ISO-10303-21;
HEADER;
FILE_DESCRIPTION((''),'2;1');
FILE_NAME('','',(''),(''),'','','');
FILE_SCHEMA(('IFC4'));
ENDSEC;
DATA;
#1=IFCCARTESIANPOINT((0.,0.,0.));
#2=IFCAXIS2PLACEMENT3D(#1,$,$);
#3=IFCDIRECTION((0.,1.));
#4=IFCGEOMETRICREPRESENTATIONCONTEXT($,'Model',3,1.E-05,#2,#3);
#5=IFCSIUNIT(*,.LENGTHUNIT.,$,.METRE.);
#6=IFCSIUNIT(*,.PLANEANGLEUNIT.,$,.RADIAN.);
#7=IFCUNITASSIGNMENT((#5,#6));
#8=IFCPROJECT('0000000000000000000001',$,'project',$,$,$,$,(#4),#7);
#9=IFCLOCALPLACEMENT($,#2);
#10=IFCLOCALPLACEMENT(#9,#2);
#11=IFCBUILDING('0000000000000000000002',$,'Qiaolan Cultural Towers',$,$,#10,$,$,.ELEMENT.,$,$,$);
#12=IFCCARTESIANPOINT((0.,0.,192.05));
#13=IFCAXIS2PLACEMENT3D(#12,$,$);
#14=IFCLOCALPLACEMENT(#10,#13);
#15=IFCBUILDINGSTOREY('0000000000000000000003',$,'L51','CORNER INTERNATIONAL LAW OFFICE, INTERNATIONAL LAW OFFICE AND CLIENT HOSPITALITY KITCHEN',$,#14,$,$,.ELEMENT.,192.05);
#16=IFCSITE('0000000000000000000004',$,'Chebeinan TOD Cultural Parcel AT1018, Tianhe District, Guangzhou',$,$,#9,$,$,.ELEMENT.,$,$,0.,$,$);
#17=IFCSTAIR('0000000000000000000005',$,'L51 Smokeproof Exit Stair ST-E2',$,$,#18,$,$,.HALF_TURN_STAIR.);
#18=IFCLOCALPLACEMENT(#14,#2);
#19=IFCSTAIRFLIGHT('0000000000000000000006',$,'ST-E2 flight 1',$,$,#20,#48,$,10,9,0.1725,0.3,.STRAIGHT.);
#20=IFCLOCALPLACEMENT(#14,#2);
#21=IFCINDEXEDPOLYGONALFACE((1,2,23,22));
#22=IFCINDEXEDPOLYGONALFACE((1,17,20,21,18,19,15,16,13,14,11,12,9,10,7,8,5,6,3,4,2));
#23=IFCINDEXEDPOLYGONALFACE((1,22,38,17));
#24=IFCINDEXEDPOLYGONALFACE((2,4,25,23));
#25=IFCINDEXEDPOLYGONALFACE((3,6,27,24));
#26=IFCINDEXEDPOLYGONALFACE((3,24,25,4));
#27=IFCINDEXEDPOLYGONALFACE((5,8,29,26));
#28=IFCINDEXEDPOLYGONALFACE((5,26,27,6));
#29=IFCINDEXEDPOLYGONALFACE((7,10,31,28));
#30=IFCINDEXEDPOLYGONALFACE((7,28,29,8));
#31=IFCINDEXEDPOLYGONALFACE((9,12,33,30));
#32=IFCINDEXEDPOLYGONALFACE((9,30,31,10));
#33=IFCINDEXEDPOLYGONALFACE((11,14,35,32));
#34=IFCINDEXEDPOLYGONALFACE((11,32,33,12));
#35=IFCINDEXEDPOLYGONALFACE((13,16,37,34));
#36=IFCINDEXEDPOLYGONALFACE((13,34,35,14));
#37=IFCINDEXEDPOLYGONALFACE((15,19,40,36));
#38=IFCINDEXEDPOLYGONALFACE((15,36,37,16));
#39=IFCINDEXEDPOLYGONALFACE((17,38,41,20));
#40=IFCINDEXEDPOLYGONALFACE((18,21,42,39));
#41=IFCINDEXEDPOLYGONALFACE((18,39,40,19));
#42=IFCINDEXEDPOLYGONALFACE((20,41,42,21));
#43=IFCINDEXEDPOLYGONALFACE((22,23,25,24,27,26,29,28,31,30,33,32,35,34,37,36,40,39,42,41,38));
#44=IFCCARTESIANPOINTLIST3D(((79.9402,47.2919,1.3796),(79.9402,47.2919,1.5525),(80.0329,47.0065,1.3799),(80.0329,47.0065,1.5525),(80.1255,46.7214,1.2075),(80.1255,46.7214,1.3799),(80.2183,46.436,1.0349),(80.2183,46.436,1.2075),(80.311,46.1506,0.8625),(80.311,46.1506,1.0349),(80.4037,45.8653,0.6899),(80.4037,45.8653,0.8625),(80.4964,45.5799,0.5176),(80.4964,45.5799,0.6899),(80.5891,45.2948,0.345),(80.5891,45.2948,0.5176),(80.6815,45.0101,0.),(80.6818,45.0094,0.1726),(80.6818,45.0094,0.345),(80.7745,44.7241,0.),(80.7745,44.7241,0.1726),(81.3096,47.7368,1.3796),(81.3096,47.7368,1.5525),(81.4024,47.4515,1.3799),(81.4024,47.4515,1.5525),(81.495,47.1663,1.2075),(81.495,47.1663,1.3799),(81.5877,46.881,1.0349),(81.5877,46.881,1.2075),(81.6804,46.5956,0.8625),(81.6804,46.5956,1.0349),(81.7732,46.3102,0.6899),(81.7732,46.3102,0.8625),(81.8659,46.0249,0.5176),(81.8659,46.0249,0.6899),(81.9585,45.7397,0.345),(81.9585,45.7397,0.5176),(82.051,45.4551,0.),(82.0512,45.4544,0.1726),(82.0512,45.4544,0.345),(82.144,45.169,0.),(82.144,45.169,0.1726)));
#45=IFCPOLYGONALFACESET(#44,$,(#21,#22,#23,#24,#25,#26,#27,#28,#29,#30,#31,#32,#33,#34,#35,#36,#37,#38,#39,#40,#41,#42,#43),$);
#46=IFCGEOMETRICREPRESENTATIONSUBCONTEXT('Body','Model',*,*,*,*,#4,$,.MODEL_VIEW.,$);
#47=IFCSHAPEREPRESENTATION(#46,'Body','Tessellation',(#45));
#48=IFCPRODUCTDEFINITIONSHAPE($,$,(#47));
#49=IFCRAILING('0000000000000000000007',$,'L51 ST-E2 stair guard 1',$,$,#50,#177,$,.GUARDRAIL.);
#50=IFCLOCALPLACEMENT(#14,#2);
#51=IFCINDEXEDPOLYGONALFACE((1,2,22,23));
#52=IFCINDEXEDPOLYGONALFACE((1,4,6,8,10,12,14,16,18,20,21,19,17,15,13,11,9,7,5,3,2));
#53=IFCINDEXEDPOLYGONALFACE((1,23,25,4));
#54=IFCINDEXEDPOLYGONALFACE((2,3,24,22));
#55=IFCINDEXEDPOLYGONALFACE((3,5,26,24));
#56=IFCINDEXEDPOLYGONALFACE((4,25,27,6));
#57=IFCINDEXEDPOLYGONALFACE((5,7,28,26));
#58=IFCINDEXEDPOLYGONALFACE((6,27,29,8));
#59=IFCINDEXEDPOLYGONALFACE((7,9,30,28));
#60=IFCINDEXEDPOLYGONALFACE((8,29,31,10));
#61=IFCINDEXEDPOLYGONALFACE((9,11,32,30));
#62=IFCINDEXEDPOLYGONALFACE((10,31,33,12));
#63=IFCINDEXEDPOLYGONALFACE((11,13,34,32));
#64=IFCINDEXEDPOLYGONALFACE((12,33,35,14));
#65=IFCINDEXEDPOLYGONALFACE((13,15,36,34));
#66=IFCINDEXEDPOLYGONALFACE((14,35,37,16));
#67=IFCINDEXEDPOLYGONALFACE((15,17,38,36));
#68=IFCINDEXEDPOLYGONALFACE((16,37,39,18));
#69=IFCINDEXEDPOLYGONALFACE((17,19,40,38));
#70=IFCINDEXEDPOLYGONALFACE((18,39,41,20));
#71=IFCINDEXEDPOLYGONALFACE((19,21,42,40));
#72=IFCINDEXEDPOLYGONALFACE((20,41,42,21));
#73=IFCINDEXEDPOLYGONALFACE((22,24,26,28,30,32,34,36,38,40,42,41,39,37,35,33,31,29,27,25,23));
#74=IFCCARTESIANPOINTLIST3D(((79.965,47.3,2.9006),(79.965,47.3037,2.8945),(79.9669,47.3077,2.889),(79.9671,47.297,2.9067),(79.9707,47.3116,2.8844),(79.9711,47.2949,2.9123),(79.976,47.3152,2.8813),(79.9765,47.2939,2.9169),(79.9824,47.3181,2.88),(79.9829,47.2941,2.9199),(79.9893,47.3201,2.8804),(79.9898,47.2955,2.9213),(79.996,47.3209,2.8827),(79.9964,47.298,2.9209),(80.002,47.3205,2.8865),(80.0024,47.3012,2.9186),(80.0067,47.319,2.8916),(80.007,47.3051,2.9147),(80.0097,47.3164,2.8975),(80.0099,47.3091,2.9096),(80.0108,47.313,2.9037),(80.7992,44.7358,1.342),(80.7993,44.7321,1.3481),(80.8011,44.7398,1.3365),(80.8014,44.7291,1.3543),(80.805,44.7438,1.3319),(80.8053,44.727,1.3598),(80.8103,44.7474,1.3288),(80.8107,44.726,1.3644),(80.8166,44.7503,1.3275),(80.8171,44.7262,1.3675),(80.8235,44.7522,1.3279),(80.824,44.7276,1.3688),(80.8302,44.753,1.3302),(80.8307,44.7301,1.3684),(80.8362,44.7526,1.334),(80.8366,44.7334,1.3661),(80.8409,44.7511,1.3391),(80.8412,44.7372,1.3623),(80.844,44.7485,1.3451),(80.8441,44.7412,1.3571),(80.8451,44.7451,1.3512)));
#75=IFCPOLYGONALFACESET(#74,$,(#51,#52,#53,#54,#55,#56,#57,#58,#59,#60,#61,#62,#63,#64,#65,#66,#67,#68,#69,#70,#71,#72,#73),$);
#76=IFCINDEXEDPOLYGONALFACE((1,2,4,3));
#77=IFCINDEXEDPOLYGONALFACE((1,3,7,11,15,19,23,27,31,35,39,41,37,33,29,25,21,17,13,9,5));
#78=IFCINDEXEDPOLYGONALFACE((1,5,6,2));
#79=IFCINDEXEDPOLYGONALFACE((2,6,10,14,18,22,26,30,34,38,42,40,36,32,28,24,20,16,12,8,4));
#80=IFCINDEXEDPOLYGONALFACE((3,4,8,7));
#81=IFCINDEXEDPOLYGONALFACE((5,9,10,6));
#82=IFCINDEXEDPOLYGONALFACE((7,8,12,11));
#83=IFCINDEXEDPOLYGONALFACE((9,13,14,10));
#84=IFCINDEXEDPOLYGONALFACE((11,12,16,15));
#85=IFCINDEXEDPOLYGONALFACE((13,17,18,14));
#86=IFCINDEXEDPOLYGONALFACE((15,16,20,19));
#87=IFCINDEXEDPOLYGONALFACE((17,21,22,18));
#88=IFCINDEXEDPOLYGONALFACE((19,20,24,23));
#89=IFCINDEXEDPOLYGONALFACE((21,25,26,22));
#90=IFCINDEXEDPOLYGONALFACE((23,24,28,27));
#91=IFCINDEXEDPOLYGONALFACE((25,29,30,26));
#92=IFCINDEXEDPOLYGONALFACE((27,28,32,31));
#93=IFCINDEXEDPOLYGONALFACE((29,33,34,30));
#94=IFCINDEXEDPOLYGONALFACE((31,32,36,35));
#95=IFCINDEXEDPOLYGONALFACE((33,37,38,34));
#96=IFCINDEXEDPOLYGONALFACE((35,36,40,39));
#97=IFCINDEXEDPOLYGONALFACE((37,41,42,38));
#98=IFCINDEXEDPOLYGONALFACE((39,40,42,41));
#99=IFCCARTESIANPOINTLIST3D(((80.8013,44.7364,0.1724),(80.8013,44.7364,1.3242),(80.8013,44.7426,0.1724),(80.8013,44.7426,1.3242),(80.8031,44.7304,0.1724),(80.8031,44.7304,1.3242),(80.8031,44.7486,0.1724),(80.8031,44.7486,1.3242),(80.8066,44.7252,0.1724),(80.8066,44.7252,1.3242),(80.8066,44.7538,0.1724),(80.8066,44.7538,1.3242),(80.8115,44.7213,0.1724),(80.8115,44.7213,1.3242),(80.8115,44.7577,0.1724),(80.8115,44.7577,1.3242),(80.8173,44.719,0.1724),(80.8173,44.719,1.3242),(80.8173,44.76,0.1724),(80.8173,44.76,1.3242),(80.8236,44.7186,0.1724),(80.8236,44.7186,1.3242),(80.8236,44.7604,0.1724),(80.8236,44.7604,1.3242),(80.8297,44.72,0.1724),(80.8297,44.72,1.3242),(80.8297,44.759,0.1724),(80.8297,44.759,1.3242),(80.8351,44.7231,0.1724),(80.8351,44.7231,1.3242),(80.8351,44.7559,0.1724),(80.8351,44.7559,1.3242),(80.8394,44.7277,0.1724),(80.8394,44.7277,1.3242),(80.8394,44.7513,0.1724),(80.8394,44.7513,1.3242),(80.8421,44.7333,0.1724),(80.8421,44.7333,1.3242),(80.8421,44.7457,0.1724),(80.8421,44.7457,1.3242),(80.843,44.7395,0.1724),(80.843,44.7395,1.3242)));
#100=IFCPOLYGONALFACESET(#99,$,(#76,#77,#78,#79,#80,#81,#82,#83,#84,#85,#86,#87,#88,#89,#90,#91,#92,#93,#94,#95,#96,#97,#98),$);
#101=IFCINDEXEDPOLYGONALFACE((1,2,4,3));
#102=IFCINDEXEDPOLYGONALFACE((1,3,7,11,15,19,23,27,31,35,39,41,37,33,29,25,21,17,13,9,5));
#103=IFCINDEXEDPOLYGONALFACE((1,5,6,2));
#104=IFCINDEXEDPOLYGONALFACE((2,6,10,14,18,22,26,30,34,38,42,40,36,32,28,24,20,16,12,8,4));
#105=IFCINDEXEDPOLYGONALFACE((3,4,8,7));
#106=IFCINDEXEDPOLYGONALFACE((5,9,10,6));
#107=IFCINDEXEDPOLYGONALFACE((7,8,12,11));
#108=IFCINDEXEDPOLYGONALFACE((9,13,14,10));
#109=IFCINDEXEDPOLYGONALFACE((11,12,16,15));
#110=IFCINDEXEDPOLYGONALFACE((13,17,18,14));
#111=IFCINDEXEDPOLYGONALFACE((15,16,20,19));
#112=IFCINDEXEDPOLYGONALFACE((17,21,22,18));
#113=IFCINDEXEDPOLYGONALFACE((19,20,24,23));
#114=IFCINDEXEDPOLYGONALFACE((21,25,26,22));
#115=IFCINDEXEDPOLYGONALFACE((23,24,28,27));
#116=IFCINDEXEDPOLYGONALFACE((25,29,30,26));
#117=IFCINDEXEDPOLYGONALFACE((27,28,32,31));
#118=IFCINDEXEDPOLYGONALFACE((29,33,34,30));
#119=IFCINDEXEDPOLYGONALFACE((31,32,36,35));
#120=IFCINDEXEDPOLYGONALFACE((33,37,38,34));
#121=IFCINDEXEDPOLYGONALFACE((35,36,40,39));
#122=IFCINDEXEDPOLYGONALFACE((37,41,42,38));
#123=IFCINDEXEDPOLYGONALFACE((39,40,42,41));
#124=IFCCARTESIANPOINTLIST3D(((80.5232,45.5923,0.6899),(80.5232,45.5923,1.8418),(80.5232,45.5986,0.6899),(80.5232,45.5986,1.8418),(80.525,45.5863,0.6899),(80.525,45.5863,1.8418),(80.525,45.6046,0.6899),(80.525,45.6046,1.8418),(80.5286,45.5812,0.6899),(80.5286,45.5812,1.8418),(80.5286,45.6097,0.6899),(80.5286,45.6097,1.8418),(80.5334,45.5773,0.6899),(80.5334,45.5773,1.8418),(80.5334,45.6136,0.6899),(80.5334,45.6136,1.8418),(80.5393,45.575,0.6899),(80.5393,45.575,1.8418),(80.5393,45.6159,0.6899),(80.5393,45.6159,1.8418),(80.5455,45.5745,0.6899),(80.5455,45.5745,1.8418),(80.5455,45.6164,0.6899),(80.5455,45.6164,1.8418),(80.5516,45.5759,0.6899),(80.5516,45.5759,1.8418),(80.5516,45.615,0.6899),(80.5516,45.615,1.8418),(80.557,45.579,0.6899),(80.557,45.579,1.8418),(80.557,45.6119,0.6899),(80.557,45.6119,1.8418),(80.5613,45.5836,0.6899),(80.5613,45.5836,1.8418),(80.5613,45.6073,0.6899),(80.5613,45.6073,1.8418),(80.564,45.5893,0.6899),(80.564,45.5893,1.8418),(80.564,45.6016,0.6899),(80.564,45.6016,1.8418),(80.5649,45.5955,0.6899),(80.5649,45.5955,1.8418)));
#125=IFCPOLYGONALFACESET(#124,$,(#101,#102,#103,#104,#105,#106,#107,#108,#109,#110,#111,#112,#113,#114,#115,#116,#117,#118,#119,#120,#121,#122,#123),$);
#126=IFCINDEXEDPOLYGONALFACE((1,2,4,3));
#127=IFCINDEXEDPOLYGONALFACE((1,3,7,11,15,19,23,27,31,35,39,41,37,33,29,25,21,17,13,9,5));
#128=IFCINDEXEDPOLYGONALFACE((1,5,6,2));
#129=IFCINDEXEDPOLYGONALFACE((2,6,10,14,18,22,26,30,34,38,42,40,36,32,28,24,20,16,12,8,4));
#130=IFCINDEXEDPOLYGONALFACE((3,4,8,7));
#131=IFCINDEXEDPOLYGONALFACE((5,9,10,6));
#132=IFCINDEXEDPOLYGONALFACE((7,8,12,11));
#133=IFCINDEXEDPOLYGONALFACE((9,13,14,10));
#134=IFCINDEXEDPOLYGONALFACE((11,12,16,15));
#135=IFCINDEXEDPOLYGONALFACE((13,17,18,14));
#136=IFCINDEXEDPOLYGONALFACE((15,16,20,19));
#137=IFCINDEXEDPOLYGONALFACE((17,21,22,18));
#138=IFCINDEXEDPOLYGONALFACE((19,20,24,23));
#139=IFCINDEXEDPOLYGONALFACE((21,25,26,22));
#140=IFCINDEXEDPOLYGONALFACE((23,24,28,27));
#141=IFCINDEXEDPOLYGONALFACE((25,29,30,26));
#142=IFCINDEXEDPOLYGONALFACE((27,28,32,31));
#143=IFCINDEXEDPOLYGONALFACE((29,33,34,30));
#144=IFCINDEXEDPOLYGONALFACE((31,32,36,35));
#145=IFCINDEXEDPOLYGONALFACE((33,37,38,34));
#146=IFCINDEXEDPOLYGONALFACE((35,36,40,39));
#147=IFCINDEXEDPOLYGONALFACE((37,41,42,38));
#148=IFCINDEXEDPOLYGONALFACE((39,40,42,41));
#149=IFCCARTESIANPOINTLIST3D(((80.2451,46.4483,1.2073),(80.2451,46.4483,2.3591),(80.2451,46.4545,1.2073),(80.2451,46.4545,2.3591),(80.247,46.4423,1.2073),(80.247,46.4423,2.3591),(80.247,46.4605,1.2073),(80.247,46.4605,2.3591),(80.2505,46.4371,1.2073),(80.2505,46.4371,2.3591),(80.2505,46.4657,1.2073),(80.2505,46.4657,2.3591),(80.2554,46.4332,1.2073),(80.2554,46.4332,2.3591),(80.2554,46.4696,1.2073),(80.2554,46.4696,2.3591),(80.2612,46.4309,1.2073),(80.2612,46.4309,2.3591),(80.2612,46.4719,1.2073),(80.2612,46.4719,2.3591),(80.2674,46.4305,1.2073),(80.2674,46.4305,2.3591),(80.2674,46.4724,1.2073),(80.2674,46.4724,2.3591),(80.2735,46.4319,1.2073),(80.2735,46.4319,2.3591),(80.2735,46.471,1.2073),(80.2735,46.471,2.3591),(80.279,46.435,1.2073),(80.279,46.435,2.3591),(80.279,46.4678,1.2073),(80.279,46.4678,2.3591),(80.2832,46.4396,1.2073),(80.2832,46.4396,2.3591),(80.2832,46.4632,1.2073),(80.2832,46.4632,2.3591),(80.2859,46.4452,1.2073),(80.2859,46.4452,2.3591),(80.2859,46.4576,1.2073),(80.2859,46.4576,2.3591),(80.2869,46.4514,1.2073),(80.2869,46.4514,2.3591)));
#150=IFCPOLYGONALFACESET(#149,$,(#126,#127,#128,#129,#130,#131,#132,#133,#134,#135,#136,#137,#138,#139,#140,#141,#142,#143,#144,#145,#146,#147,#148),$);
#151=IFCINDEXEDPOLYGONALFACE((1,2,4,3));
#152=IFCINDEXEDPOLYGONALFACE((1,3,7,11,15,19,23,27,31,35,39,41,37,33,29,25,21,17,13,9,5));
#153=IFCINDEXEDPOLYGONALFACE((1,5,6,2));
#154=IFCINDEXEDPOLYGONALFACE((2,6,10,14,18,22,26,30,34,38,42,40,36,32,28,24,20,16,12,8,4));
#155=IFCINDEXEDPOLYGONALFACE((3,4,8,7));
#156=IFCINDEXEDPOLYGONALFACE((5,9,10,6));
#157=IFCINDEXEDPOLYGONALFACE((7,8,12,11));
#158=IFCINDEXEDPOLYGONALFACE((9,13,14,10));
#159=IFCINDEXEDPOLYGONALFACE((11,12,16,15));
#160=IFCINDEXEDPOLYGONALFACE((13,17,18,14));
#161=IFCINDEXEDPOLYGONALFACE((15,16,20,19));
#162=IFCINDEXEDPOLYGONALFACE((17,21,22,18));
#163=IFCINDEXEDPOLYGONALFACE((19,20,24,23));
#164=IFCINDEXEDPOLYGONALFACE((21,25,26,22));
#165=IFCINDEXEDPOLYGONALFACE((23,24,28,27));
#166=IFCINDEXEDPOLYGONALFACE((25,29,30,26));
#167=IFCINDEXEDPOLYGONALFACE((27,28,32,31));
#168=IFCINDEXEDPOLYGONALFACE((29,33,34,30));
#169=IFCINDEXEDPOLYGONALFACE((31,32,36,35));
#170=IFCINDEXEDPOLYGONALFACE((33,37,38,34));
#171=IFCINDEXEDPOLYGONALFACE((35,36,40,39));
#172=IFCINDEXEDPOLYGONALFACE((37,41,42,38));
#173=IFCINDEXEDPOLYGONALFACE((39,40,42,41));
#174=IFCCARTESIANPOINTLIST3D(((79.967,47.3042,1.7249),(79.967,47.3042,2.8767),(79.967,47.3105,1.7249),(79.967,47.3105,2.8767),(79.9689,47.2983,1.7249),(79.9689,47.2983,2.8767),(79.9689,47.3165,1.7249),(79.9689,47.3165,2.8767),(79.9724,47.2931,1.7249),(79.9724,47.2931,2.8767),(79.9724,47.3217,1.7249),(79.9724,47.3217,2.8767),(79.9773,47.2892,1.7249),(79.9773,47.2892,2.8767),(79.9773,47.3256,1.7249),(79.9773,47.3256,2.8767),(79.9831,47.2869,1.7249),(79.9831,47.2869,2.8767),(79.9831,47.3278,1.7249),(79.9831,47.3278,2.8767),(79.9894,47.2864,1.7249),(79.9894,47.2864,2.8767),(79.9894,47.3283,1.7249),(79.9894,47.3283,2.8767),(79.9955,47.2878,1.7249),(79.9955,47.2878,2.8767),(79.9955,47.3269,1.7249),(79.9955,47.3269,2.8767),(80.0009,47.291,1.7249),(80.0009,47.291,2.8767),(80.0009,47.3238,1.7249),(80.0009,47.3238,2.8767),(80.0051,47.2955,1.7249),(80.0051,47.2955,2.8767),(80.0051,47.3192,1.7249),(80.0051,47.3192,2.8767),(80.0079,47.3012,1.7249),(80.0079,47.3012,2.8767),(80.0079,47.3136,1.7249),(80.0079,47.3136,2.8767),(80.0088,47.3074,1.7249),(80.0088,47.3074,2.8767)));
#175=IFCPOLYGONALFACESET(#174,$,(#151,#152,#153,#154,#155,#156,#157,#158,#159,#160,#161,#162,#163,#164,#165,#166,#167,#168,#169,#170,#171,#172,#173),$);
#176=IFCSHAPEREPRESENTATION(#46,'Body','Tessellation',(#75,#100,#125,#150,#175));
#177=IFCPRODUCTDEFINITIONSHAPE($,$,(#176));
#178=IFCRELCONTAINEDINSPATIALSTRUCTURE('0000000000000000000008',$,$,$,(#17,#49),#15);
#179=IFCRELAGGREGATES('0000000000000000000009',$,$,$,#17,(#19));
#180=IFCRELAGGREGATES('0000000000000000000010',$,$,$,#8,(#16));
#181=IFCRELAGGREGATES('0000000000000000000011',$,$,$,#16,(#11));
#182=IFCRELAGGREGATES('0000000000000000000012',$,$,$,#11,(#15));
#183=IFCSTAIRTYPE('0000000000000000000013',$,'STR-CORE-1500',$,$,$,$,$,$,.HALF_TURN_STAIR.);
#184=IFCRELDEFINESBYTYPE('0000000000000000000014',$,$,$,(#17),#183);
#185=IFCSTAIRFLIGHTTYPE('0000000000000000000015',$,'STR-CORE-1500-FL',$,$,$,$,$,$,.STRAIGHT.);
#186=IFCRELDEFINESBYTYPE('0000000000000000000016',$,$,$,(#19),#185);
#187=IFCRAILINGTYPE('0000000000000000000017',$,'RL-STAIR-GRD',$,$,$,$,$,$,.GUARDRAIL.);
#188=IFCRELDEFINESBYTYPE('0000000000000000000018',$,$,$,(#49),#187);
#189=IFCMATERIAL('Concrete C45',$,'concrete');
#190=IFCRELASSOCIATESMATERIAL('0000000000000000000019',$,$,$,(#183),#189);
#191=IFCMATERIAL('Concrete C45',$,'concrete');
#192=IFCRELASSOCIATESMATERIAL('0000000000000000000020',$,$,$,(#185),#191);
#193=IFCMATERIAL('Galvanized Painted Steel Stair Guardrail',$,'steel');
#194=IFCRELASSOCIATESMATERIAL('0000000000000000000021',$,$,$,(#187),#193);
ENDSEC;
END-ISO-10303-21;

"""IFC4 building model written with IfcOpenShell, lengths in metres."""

from ifc_helpers import new_model, si_unit, direction, frame, origin, origin_2d, place, context, subcontext, project, spatial, polyline, circle, outline, extrude, material, type_object, element, aggregate, save


model = new_model("IFC4")

# Units and contexts
model_context = context("Model", 3, precision=1e-05, world=origin(), true_north=direction((0.0, 1.0)))
body_context = subcontext(model_context, "Body", "Model", "MODEL_VIEW")
ifc_project = project(units=[si_unit("LENGTHUNIT", "METRE"), si_unit("PLANEANGLEUNIT", "RADIAN")], contexts=[model_context])

# Site, building, storey
site_placement = place(None, origin())
site = spatial("IfcSite", under=ifc_project, at=site_placement, Name="Chebeinan TOD Cultural Parcel AT1018, Tianhe District, Guangzhou", CompositionType="ELEMENT", RefElevation=0.0)
building_placement = place(site_placement, origin())
building = spatial("IfcBuilding", under=site, at=building_placement, Name="Qiaolan Cultural Towers", CompositionType="ELEMENT")
storey_placement = place(building_placement, frame((0.0, 0.0, 192.05)))
storey = spatial("IfcBuildingStorey", under=building, at=storey_placement, Name="L51", Description="CORNER INTERNATIONAL LAW OFFICE, INTERNATIONAL LAW OFFICE AND CLIENT HOSPITALITY KITCHEN", CompositionType="ELEMENT", Elevation=192.05)

# Stair, stair flight
ifc_material_1 = material(Name="Concrete C45", Category="concrete")
stair_type = type_object("IfcStairType", Name="STR-CORE-1500", PredefinedType="HALF_TURN_STAIR", material=ifc_material_1)
stair_placement = place(storey_placement, origin())
stair = element("IfcStair", 1, at=stair_placement, inside=storey, type_object=stair_type, Name="L51 Smokeproof Exit Stair ST-E2", PredefinedType="HALF_TURN_STAIR")
ifc_material_2 = material(Name="Concrete C45", Category="concrete")
stair_flight_type = type_object("IfcStairFlightType", Name="STR-CORE-1500-FL", PredefinedType="STRAIGHT", material=ifc_material_2)
stair_flight_placement = place(storey_placement, frame((81.4592, 44.9465, 0.0), z_axis=(0.0, 0.0, 1.0), x_axis=(-0.309017, 0.951057, 0.0)))
stair_flight = element("IfcStairFlight", 2, at=stair_flight_placement, type_object=stair_flight_type, Name="ST-E2 flight 1", NumberOfRisers=10, NumberOfTreads=9, PredefinedType="STRAIGHT", RiserHeight=0.1725, TreadLength=0.3, context=body_context, shape_type="SweptSolid", body=[
    extrude(outline(polyline([(0.0, 0.0), (0.0, 0.1726), (0.3, 0.1726), (0.3, 0.345), (0.6001, 0.345), (0.6001, 0.5176), (0.8999, 0.5176), (0.8999, 0.6899), (1.2, 0.6899), (1.2, 0.8625), (1.5, 0.8625), (1.5, 1.0349), (1.8, 1.0349), (1.8, 1.2075), (2.1001, 1.2075), (2.1001, 1.3799), (2.3999, 1.3799), (2.3999, 1.5525), (2.7, 1.5525), (2.7, 1.7251), (2.7, 1.3796), (0.3008, 0.0), (0.0, 0.0)])), frame((0.0, 0.72, 0.0), z_axis=(0.0, -1.0, 0.0), x_axis=(1.0, 0.0, 0.0)), (0.0, 0.0, 1.0), 1.4399),
])
aggregate(stair, [stair_flight])

# Railing
ifc_material_3 = material(Name="Galvanized Painted Steel Stair Guardrail", Category="steel")
railing_type_1 = type_object("IfcRailingType", Name="RL-STAIR-GRD", PredefinedType="GUARDRAIL", material=ifc_material_3)
railing_1_placement = place(storey_placement, frame((80.822, 44.7395, 0.1724)))
element("IfcRailing", 3, at=railing_1_placement, inside=storey, type_object=railing_type_1, Name="L51 ST-E2 stair guard 1", PredefinedType="GUARDRAIL", context=body_context, shape_type="SweptSolid", body=[
    extrude(circle(Radius=0.0239, at=origin_2d()), frame((0.0, 0.0, 1.1758), z_axis=(-0.267853, 0.824488, 0.498471), x_axis=(-0.95107, -0.308976, 0.0)), (0.0, 0.0, 1.0), 3.1145),
    extrude(circle(Radius=0.021, at=origin_2d()), origin(), (0.0, 0.0, 1.0), 1.1519),
    extrude(circle(Radius=0.021, at=origin_2d()), frame((-0.2781, 0.856, 0.5176)), (0.0, 0.0, 1.0), 1.1519),
    extrude(circle(Radius=0.021, at=origin_2d()), frame((-0.5562, 1.7119, 1.0349)), (0.0, 0.0, 1.0), 1.1519),
    extrude(circle(Radius=0.021, at=origin_2d()), frame((-0.8342, 2.5679, 1.5525)), (0.0, 0.0, 1.0), 1.1519),
])

save(model, "model.ifc")
